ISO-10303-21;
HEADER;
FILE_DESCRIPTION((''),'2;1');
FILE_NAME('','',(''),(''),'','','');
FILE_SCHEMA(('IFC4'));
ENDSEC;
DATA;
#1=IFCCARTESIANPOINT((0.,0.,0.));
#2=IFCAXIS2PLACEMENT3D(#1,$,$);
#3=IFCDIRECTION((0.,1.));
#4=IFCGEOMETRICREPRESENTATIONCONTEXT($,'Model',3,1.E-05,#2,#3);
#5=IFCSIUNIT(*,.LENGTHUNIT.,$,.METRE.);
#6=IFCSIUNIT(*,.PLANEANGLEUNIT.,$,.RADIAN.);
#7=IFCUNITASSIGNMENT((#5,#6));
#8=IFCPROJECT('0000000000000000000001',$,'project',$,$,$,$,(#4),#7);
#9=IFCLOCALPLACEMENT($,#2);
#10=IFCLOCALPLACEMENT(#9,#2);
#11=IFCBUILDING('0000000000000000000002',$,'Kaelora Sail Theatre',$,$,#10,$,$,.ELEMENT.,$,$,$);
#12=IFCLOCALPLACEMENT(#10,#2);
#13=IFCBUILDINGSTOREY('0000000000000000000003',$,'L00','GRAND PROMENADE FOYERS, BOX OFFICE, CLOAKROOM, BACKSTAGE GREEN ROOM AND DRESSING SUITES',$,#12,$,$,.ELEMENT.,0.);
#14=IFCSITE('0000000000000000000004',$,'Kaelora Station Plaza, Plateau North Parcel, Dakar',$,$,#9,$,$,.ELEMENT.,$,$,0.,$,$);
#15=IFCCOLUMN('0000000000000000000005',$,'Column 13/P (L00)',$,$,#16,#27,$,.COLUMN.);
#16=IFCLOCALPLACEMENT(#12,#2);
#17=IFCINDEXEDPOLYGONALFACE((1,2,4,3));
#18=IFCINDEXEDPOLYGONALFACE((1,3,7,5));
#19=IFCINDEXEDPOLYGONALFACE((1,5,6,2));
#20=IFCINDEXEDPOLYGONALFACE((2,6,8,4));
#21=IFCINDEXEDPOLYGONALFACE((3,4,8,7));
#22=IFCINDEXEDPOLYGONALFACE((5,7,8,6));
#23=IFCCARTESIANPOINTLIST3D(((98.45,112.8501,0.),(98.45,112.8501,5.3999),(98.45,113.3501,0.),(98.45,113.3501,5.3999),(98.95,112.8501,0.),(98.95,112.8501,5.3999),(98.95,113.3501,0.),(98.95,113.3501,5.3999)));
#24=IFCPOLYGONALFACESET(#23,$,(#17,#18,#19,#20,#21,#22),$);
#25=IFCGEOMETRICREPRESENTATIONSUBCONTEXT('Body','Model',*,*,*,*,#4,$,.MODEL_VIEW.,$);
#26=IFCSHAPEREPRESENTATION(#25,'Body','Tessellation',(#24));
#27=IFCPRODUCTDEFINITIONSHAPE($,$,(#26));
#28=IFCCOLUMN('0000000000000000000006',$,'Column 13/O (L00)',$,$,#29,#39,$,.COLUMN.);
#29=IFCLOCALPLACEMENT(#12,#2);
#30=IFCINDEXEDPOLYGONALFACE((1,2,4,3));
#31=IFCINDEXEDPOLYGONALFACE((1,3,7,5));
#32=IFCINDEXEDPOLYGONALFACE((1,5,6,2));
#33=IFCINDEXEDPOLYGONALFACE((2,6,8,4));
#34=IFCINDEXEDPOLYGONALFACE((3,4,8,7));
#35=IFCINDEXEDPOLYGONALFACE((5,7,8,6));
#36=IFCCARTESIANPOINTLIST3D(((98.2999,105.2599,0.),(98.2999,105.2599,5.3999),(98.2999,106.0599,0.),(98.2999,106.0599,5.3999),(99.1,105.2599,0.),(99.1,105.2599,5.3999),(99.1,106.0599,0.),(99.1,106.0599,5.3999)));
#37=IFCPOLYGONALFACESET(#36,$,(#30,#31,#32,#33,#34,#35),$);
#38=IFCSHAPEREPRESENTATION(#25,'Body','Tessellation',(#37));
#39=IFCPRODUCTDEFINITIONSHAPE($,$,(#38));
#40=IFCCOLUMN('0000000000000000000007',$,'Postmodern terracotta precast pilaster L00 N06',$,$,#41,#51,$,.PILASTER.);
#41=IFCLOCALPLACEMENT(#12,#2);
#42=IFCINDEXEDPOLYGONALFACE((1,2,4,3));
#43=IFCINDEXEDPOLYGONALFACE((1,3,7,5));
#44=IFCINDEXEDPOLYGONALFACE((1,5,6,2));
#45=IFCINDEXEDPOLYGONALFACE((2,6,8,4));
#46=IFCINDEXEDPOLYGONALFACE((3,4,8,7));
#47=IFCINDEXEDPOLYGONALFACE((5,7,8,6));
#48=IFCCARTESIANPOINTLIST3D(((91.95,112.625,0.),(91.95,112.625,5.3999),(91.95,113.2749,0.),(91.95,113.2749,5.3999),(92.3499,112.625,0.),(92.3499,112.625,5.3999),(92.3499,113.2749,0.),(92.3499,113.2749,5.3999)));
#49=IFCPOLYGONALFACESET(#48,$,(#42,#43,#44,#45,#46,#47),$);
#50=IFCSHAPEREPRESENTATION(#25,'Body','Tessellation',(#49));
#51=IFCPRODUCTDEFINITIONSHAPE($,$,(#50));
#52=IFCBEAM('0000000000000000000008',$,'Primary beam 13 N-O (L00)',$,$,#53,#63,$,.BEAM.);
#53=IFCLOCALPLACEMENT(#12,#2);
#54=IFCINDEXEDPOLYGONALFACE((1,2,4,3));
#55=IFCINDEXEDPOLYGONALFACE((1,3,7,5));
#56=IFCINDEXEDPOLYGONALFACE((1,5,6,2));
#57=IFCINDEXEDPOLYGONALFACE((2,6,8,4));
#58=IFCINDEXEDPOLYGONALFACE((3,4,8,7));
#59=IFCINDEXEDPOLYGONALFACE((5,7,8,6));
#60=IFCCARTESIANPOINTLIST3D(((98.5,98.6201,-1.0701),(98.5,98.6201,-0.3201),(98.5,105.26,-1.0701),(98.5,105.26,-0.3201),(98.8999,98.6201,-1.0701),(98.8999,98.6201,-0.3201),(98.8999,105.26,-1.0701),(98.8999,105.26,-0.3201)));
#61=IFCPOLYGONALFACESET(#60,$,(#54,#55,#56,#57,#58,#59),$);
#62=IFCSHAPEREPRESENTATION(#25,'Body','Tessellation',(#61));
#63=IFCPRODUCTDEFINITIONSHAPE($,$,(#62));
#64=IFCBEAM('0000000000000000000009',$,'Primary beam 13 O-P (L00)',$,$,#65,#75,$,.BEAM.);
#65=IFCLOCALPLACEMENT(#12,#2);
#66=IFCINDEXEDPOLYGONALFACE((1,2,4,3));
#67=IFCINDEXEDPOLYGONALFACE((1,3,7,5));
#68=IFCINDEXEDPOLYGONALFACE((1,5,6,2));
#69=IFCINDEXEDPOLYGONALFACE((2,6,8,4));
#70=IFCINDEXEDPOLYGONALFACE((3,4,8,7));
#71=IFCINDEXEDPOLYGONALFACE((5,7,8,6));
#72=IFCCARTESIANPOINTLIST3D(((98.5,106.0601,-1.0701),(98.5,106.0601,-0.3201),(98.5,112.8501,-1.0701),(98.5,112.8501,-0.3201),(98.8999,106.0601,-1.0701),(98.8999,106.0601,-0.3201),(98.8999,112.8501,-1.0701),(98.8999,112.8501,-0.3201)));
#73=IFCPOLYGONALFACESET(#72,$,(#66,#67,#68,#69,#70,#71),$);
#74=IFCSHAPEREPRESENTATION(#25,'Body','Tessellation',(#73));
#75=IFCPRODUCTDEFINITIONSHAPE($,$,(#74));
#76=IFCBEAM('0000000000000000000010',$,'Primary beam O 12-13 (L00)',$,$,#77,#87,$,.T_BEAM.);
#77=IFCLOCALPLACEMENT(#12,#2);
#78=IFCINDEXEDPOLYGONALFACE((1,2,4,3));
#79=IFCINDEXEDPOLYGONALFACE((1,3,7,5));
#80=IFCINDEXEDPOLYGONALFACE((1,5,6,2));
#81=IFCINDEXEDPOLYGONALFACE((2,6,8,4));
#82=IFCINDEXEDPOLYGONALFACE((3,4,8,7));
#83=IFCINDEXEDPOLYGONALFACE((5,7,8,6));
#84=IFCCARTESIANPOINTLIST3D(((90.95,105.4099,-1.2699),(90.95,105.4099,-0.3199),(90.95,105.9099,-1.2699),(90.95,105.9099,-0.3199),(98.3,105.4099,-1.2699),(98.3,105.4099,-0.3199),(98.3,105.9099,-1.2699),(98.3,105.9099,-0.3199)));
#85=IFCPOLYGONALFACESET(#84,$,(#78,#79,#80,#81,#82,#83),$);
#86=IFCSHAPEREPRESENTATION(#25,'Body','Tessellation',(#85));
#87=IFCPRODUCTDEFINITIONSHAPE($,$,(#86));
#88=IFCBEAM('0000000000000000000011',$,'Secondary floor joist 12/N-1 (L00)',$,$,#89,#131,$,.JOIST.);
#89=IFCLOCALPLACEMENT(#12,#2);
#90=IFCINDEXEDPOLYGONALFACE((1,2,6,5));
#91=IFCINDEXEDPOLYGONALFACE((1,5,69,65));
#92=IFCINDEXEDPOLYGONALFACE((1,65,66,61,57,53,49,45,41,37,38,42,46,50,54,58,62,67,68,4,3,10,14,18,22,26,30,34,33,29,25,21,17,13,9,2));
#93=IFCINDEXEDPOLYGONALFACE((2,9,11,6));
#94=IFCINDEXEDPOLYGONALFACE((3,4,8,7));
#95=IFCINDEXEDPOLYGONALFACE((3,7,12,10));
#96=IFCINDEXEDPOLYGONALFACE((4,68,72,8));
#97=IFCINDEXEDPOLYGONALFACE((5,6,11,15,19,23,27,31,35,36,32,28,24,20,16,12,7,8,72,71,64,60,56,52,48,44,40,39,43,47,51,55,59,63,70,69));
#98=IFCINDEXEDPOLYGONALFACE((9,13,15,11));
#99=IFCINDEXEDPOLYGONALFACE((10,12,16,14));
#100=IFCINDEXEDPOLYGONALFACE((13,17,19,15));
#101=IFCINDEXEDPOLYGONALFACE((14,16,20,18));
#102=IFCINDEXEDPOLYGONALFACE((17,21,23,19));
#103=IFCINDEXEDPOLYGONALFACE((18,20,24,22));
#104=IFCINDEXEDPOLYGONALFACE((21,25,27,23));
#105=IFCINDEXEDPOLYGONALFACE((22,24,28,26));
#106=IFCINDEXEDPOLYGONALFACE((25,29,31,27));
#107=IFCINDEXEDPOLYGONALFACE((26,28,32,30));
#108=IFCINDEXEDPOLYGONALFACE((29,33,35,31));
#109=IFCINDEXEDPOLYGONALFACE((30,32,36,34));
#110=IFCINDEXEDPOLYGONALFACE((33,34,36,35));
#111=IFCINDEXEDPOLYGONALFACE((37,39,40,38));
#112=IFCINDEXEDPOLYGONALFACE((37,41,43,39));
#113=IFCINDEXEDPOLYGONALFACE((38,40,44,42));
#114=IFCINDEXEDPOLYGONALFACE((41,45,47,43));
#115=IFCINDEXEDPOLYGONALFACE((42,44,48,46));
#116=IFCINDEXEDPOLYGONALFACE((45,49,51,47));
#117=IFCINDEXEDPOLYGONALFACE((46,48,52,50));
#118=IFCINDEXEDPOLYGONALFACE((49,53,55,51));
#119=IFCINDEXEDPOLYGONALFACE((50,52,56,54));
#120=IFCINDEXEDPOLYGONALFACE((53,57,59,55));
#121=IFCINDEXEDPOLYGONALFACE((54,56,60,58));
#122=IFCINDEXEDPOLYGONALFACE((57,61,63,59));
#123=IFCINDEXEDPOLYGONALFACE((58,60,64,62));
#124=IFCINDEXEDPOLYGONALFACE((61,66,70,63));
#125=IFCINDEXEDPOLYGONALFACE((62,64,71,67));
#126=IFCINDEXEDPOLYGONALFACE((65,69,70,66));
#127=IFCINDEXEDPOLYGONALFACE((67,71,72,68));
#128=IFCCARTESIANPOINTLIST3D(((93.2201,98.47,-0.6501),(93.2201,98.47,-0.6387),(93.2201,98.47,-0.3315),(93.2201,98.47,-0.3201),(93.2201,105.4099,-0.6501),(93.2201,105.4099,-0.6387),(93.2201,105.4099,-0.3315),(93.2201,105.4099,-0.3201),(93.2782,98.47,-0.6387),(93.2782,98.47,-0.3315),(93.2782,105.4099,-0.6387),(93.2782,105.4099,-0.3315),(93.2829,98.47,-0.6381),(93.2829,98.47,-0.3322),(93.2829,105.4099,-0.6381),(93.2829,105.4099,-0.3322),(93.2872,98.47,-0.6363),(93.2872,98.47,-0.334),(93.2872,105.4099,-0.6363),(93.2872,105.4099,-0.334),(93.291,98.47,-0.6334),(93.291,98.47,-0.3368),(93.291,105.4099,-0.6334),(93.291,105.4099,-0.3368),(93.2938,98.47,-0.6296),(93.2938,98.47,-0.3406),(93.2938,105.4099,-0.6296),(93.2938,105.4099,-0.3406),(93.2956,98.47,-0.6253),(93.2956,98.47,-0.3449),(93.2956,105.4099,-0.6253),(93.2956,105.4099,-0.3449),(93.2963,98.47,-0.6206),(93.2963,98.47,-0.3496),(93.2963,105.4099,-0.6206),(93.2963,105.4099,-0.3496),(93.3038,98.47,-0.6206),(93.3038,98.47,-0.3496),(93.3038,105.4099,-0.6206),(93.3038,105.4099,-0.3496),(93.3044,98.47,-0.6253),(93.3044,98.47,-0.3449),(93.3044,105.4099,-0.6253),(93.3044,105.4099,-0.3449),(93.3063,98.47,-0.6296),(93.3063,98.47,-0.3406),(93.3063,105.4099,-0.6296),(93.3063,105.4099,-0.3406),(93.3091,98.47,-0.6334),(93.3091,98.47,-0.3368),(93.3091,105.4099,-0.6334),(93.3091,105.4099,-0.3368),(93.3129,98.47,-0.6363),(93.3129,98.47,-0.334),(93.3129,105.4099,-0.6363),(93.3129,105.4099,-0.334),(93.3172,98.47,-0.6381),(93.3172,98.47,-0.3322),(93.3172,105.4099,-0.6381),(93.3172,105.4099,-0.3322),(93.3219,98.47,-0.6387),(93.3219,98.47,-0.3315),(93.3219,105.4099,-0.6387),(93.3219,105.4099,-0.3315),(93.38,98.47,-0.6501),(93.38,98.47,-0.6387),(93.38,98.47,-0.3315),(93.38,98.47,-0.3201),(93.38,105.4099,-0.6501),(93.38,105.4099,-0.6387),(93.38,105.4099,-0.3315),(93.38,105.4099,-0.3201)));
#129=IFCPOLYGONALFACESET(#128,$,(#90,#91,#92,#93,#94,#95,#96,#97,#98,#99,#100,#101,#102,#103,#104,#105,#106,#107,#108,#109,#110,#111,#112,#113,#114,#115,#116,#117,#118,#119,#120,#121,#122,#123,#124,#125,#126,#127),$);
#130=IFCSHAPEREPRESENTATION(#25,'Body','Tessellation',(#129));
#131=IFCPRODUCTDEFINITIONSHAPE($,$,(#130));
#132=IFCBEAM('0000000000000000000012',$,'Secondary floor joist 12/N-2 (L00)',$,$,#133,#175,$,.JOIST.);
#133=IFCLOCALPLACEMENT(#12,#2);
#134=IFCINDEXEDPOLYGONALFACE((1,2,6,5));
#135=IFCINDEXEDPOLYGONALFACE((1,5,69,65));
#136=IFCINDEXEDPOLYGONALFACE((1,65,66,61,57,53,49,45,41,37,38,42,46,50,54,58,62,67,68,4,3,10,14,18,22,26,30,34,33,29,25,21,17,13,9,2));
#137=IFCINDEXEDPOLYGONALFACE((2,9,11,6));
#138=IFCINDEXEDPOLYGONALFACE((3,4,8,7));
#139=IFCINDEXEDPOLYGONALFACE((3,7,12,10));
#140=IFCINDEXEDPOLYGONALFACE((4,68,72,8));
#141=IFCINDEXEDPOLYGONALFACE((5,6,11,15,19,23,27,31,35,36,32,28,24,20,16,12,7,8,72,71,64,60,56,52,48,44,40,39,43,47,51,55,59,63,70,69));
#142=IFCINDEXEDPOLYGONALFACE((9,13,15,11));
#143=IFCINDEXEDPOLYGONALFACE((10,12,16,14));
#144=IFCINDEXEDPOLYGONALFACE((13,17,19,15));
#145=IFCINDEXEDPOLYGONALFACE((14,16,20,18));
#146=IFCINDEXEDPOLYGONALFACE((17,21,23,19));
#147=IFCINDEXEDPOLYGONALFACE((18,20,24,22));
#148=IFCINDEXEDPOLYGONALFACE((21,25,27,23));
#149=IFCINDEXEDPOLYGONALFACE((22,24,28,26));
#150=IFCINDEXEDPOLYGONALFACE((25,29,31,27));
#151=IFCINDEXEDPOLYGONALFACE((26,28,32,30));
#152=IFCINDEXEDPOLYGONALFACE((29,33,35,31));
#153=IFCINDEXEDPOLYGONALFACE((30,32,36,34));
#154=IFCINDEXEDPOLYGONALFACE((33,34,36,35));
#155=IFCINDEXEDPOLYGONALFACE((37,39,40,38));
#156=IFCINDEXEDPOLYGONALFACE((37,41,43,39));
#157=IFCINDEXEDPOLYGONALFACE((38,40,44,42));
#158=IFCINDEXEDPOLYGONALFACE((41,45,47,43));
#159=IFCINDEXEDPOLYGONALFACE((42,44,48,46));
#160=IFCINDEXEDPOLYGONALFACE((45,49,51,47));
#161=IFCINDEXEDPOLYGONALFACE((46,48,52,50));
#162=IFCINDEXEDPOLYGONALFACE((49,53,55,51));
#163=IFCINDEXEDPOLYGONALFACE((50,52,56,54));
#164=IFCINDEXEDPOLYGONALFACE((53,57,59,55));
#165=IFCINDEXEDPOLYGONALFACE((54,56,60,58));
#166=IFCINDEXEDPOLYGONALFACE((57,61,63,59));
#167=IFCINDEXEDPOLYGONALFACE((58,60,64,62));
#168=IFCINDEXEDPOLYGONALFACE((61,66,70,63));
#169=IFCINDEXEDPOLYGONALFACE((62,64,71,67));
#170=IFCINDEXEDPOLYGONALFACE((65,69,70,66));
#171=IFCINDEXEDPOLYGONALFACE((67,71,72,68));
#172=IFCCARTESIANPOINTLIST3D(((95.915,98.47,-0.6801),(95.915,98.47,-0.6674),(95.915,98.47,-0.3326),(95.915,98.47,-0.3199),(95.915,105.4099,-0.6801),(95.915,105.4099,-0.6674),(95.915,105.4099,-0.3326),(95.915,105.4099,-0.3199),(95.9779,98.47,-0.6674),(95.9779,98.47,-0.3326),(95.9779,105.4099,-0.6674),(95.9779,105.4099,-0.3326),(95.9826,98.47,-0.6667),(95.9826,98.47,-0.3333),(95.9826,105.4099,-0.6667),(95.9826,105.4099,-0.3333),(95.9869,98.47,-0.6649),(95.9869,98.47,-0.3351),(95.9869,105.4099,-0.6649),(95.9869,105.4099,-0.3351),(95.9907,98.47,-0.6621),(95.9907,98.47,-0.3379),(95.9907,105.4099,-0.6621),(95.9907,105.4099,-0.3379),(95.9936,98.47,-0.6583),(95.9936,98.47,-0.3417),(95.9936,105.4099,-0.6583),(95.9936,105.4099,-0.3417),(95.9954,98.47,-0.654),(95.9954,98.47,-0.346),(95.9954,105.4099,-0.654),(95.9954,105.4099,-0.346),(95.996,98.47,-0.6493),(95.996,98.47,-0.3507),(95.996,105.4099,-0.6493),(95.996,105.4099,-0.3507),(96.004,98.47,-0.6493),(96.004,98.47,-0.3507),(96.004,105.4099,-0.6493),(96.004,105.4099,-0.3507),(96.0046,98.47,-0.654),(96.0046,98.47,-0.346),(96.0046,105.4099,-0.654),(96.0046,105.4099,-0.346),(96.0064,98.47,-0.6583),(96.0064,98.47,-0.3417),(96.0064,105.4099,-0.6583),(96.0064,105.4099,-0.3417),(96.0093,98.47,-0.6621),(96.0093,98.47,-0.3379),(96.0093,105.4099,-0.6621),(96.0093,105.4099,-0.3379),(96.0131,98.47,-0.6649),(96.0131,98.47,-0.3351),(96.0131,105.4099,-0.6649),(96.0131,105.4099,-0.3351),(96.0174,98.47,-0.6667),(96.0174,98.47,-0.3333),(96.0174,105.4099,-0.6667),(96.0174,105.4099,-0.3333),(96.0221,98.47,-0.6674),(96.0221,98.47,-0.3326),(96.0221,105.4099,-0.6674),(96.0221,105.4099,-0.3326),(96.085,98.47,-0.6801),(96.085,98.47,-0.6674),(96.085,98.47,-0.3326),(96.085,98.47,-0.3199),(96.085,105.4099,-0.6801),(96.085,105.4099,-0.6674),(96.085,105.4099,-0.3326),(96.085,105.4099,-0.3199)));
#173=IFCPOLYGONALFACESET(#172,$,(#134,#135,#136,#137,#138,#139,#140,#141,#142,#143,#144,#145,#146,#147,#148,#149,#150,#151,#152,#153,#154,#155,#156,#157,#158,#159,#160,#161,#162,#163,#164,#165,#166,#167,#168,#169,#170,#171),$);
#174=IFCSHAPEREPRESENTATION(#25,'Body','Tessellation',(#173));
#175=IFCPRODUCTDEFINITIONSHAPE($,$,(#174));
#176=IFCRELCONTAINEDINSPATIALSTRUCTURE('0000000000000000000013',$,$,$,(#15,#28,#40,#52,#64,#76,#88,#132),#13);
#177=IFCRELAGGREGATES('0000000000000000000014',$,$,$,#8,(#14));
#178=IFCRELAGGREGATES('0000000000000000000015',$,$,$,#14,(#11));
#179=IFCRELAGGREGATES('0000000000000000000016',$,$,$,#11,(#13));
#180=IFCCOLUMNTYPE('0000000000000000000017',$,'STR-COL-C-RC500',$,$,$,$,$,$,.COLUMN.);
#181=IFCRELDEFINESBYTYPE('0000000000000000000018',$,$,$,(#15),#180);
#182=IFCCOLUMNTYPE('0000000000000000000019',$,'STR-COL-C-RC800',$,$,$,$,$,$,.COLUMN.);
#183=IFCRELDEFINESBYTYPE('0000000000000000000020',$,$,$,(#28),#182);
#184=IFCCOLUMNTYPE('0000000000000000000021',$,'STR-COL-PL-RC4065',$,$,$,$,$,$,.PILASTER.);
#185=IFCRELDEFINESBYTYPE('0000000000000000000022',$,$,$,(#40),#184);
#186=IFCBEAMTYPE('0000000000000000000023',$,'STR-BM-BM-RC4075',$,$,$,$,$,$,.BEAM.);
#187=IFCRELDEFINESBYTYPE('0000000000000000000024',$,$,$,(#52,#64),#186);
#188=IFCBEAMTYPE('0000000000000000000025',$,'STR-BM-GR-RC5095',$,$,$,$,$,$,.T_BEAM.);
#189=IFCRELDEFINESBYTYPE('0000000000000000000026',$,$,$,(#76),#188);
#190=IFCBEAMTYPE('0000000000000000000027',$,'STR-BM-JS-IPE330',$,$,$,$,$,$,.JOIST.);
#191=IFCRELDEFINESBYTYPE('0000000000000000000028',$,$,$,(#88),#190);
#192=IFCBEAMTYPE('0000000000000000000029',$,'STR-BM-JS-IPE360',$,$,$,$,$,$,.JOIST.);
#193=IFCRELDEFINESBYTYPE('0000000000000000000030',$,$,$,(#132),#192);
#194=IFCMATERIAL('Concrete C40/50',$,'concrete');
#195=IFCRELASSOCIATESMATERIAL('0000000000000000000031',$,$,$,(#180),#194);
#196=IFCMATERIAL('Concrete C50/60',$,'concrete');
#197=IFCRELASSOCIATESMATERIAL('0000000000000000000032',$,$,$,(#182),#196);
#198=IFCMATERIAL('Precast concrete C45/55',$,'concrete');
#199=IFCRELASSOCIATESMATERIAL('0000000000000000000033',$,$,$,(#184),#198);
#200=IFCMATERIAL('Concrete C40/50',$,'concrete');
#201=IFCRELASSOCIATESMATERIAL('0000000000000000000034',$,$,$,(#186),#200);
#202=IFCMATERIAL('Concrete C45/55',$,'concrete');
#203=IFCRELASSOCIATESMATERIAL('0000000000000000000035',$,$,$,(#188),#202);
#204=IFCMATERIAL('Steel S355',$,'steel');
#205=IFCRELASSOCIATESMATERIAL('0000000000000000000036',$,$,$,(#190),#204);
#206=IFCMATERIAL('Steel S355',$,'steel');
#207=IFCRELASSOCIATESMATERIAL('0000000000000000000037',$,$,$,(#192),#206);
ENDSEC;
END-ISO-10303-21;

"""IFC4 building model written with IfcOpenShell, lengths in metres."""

from ifc_helpers import new_model, si_unit, direction, frame, origin, origin_2d, place, context, subcontext, project, spatial, rectangle, i_section, extrude, material, material_profile, profile_set, type_object, element, save


model = new_model("IFC4")

# Units and contexts
model_context = context("Model", 3, precision=1e-05, world=origin(), true_north=direction((0.0, 1.0)))
body_context = subcontext(model_context, "Body", "Model", "MODEL_VIEW")
ifc_project = project(units=[si_unit("LENGTHUNIT", "METRE"), si_unit("PLANEANGLEUNIT", "RADIAN")], contexts=[model_context])

# Site, building, storey
site_placement = place(None, origin())
site = spatial("IfcSite", under=ifc_project, at=site_placement, Name="Kaelora Station Plaza, Plateau North Parcel, Dakar", CompositionType="ELEMENT", RefElevation=0.0)
building_placement = place(site_placement, origin())
building = spatial("IfcBuilding", under=site, at=building_placement, Name="Kaelora Sail Theatre", CompositionType="ELEMENT")
storey_placement = place(building_placement, origin())
storey = spatial("IfcBuildingStorey", under=building, at=storey_placement, Name="L00", Description="GRAND PROMENADE FOYERS, BOX OFFICE, CLOAKROOM, BACKSTAGE GREEN ROOM AND DRESSING SUITES", CompositionType="ELEMENT", Elevation=0.0)

# Columns
ifc_material_1 = material(Name="Concrete C40/50", Category="concrete")
ifc_material_profile_1 = material_profile(ifc_material_1, rectangle(XDim=0.5, YDim=0.5, at=origin_2d()), Name="RC-COL 500x500")
ifc_profile_set_1 = profile_set([ifc_material_profile_1], Name="Concrete C40/50")
column_type_1 = type_object("IfcColumnType", Name="STR-COL-C-RC500", PredefinedType="COLUMN", material=ifc_profile_set_1)
column_1_placement = place(storey_placement, frame((98.7, 113.1001, 0.0), z_axis=(0.0, 0.0, 1.0), x_axis=(1.0, 0.0, 0.0)))
element("IfcColumn", 1, at=column_1_placement, inside=storey, type_object=column_type_1, Name="Column 13/P (L00)", PredefinedType="COLUMN", context=body_context, shape_type="SweptSolid", body=[
    extrude(rectangle(XDim=0.5, YDim=0.5, at=origin_2d()), origin(), (0.0, 0.0, 1.0), 5.3999),
])
ifc_material_2 = material(Name="Concrete C50/60", Category="concrete")
ifc_material_profile_2 = material_profile(ifc_material_2, rectangle(XDim=0.8, YDim=0.8, at=origin_2d()), Name="RC-COL 800x800")
ifc_profile_set_2 = profile_set([ifc_material_profile_2], Name="Concrete C50/60")
column_type_2 = type_object("IfcColumnType", Name="STR-COL-C-RC800", PredefinedType="COLUMN", material=ifc_profile_set_2)
column_2_placement = place(storey_placement, frame((98.7, 105.6599, 0.0), z_axis=(0.0, 0.0, 1.0), x_axis=(1.0, 0.0, 0.0)))
element("IfcColumn", 2, at=column_2_placement, inside=storey, type_object=column_type_2, Name="Column 13/O (L00)", PredefinedType="COLUMN", context=body_context, shape_type="SweptSolid", body=[
    extrude(rectangle(XDim=0.8, YDim=0.8, at=origin_2d()), origin(), (0.0, 0.0, 1.0), 5.3999),
])
ifc_material_3 = material(Name="Precast concrete C45/55", Category="concrete")
ifc_material_profile_3 = material_profile(ifc_material_3, rectangle(XDim=0.3999, YDim=0.6499, at=origin_2d()), Name="RC-PIL 400x650")
ifc_profile_set_3 = profile_set([ifc_material_profile_3], Name="Precast concrete C45/55")
column_type_3 = type_object("IfcColumnType", Name="STR-COL-PL-RC4065", PredefinedType="PILASTER", material=ifc_profile_set_3)
column_3_placement = place(storey_placement, frame((92.1499, 112.95, 0.0), z_axis=(0.0, 0.0, 1.0), x_axis=(1.0, 0.0, 0.0)))
element("IfcColumn", 3, at=column_3_placement, inside=storey, type_object=column_type_3, Name="Postmodern terracotta precast pilaster L00 N06", PredefinedType="PILASTER", context=body_context, shape_type="SweptSolid", body=[
    extrude(rectangle(XDim=0.3999, YDim=0.6499, at=origin_2d()), origin(), (0.0, 0.0, 1.0), 5.3999),
])

# Beams
ifc_material_4 = material(Name="Concrete C40/50", Category="concrete")
ifc_material_profile_4 = material_profile(ifc_material_4, rectangle(XDim=0.3999, YDim=0.75, at=origin_2d()), Name="RC-BM 400x750")
ifc_profile_set_4 = profile_set([ifc_material_profile_4], Name="Concrete C40/50")
beam_type_1 = type_object("IfcBeamType", Name="STR-BM-BM-RC4075", PredefinedType="BEAM", material=ifc_profile_set_4)
beam_1_placement = place(storey_placement, frame((98.7, 98.6201, -0.6951), z_axis=(0.0, 1.0, 0.0), x_axis=(-1.0, 0.0, 0.0)))
element("IfcBeam", 4, at=beam_1_placement, inside=storey, type_object=beam_type_1, Name="Primary beam 13 N-O (L00)", PredefinedType="BEAM", context=body_context, shape_type="SweptSolid", body=[
    extrude(rectangle(XDim=0.3999, YDim=0.75, at=origin_2d()), origin(), (0.0, 0.0, 1.0), 6.6399),
])
beam_2_placement = place(storey_placement, frame((98.7, 106.0601, -0.6951), z_axis=(0.0, 1.0, 0.0), x_axis=(-1.0, 0.0, 0.0)))
element("IfcBeam", 5, at=beam_2_placement, inside=storey, type_object=beam_type_1, Name="Primary beam 13 O-P (L00)", PredefinedType="BEAM", context=body_context, shape_type="SweptSolid", body=[
    extrude(rectangle(XDim=0.3999, YDim=0.75, at=origin_2d()), origin(), (0.0, 0.0, 1.0), 6.79),
])
ifc_material_5 = material(Name="Concrete C45/55", Category="concrete")
ifc_material_profile_5 = material_profile(ifc_material_5, rectangle(XDim=0.5, YDim=0.95, at=origin_2d()), Name="RC-GRD 500x950")
ifc_profile_set_5 = profile_set([ifc_material_profile_5], Name="Concrete C45/55")
beam_type_2 = type_object("IfcBeamType", Name="STR-BM-GR-RC5095", PredefinedType="T_BEAM", material=ifc_profile_set_5)
beam_3_placement = place(storey_placement, frame((90.95, 105.6599, -0.7949), z_axis=(1.0, 0.0, 0.0), x_axis=(0.0, 1.0, 0.0)))
element("IfcBeam", 6, at=beam_3_placement, inside=storey, type_object=beam_type_2, Name="Primary beam O 12-13 (L00)", PredefinedType="T_BEAM", context=body_context, shape_type="SweptSolid", body=[
    extrude(rectangle(XDim=0.5, YDim=0.95, at=origin_2d()), origin(), (0.0, 0.0, 1.0), 7.3501),
])
ifc_material_6 = material(Name="Steel S355", Category="steel")
ifc_material_profile_6 = material_profile(ifc_material_6, i_section(OverallWidth=0.1599, OverallDepth=0.3301, WebThickness=0.0076, FlangeThickness=0.0115, FilletRadius=0.0181, at=origin_2d()), Name="IPE 330")
ifc_profile_set_6 = profile_set([ifc_material_profile_6], Name="Steel S355")
beam_type_3 = type_object("IfcBeamType", Name="STR-BM-JS-IPE330", PredefinedType="JOIST", material=ifc_profile_set_6)
beam_4_placement = place(storey_placement, frame((93.3, 98.47, -0.4851), z_axis=(0.0, 1.0, 0.0), x_axis=(-1.0, 0.0, 0.0)))
element("IfcBeam", 7, at=beam_4_placement, inside=storey, type_object=beam_type_3, Name="Secondary floor joist 12/N-1 (L00)", PredefinedType="JOIST", context=body_context, shape_type="SweptSolid", body=[
    extrude(i_section(OverallWidth=0.1599, OverallDepth=0.3301, WebThickness=0.0076, FlangeThickness=0.0115, FilletRadius=0.0181, at=origin_2d()), origin(), (0.0, 0.0, 1.0), 6.9399),
])
ifc_material_7 = material(Name="Steel S355", Category="steel")
ifc_material_profile_7 = material_profile(ifc_material_7, i_section(OverallWidth=0.1699, OverallDepth=0.3601, WebThickness=0.0081, FlangeThickness=0.0127, FilletRadius=0.0181, at=origin_2d()), Name="IPE 360")
ifc_profile_set_7 = profile_set([ifc_material_profile_7], Name="Steel S355")
beam_type_4 = type_object("IfcBeamType", Name="STR-BM-JS-IPE360", PredefinedType="JOIST", material=ifc_profile_set_7)
beam_5_placement = place(storey_placement, frame((96.0, 98.47, -0.5), z_axis=(0.0, 1.0, 0.0), x_axis=(-1.0, 0.0, 0.0)))
element("IfcBeam", 8, at=beam_5_placement, inside=storey, type_object=beam_type_4, Name="Secondary floor joist 12/N-2 (L00)", PredefinedType="JOIST", context=body_context, shape_type="SweptSolid", body=[
    extrude(i_section(OverallWidth=0.1699, OverallDepth=0.3601, WebThickness=0.0081, FlangeThickness=0.0127, FilletRadius=0.0181, at=origin_2d()), origin(), (0.0, 0.0, 1.0), 6.9399),
])

save(model, "model.ifc")
